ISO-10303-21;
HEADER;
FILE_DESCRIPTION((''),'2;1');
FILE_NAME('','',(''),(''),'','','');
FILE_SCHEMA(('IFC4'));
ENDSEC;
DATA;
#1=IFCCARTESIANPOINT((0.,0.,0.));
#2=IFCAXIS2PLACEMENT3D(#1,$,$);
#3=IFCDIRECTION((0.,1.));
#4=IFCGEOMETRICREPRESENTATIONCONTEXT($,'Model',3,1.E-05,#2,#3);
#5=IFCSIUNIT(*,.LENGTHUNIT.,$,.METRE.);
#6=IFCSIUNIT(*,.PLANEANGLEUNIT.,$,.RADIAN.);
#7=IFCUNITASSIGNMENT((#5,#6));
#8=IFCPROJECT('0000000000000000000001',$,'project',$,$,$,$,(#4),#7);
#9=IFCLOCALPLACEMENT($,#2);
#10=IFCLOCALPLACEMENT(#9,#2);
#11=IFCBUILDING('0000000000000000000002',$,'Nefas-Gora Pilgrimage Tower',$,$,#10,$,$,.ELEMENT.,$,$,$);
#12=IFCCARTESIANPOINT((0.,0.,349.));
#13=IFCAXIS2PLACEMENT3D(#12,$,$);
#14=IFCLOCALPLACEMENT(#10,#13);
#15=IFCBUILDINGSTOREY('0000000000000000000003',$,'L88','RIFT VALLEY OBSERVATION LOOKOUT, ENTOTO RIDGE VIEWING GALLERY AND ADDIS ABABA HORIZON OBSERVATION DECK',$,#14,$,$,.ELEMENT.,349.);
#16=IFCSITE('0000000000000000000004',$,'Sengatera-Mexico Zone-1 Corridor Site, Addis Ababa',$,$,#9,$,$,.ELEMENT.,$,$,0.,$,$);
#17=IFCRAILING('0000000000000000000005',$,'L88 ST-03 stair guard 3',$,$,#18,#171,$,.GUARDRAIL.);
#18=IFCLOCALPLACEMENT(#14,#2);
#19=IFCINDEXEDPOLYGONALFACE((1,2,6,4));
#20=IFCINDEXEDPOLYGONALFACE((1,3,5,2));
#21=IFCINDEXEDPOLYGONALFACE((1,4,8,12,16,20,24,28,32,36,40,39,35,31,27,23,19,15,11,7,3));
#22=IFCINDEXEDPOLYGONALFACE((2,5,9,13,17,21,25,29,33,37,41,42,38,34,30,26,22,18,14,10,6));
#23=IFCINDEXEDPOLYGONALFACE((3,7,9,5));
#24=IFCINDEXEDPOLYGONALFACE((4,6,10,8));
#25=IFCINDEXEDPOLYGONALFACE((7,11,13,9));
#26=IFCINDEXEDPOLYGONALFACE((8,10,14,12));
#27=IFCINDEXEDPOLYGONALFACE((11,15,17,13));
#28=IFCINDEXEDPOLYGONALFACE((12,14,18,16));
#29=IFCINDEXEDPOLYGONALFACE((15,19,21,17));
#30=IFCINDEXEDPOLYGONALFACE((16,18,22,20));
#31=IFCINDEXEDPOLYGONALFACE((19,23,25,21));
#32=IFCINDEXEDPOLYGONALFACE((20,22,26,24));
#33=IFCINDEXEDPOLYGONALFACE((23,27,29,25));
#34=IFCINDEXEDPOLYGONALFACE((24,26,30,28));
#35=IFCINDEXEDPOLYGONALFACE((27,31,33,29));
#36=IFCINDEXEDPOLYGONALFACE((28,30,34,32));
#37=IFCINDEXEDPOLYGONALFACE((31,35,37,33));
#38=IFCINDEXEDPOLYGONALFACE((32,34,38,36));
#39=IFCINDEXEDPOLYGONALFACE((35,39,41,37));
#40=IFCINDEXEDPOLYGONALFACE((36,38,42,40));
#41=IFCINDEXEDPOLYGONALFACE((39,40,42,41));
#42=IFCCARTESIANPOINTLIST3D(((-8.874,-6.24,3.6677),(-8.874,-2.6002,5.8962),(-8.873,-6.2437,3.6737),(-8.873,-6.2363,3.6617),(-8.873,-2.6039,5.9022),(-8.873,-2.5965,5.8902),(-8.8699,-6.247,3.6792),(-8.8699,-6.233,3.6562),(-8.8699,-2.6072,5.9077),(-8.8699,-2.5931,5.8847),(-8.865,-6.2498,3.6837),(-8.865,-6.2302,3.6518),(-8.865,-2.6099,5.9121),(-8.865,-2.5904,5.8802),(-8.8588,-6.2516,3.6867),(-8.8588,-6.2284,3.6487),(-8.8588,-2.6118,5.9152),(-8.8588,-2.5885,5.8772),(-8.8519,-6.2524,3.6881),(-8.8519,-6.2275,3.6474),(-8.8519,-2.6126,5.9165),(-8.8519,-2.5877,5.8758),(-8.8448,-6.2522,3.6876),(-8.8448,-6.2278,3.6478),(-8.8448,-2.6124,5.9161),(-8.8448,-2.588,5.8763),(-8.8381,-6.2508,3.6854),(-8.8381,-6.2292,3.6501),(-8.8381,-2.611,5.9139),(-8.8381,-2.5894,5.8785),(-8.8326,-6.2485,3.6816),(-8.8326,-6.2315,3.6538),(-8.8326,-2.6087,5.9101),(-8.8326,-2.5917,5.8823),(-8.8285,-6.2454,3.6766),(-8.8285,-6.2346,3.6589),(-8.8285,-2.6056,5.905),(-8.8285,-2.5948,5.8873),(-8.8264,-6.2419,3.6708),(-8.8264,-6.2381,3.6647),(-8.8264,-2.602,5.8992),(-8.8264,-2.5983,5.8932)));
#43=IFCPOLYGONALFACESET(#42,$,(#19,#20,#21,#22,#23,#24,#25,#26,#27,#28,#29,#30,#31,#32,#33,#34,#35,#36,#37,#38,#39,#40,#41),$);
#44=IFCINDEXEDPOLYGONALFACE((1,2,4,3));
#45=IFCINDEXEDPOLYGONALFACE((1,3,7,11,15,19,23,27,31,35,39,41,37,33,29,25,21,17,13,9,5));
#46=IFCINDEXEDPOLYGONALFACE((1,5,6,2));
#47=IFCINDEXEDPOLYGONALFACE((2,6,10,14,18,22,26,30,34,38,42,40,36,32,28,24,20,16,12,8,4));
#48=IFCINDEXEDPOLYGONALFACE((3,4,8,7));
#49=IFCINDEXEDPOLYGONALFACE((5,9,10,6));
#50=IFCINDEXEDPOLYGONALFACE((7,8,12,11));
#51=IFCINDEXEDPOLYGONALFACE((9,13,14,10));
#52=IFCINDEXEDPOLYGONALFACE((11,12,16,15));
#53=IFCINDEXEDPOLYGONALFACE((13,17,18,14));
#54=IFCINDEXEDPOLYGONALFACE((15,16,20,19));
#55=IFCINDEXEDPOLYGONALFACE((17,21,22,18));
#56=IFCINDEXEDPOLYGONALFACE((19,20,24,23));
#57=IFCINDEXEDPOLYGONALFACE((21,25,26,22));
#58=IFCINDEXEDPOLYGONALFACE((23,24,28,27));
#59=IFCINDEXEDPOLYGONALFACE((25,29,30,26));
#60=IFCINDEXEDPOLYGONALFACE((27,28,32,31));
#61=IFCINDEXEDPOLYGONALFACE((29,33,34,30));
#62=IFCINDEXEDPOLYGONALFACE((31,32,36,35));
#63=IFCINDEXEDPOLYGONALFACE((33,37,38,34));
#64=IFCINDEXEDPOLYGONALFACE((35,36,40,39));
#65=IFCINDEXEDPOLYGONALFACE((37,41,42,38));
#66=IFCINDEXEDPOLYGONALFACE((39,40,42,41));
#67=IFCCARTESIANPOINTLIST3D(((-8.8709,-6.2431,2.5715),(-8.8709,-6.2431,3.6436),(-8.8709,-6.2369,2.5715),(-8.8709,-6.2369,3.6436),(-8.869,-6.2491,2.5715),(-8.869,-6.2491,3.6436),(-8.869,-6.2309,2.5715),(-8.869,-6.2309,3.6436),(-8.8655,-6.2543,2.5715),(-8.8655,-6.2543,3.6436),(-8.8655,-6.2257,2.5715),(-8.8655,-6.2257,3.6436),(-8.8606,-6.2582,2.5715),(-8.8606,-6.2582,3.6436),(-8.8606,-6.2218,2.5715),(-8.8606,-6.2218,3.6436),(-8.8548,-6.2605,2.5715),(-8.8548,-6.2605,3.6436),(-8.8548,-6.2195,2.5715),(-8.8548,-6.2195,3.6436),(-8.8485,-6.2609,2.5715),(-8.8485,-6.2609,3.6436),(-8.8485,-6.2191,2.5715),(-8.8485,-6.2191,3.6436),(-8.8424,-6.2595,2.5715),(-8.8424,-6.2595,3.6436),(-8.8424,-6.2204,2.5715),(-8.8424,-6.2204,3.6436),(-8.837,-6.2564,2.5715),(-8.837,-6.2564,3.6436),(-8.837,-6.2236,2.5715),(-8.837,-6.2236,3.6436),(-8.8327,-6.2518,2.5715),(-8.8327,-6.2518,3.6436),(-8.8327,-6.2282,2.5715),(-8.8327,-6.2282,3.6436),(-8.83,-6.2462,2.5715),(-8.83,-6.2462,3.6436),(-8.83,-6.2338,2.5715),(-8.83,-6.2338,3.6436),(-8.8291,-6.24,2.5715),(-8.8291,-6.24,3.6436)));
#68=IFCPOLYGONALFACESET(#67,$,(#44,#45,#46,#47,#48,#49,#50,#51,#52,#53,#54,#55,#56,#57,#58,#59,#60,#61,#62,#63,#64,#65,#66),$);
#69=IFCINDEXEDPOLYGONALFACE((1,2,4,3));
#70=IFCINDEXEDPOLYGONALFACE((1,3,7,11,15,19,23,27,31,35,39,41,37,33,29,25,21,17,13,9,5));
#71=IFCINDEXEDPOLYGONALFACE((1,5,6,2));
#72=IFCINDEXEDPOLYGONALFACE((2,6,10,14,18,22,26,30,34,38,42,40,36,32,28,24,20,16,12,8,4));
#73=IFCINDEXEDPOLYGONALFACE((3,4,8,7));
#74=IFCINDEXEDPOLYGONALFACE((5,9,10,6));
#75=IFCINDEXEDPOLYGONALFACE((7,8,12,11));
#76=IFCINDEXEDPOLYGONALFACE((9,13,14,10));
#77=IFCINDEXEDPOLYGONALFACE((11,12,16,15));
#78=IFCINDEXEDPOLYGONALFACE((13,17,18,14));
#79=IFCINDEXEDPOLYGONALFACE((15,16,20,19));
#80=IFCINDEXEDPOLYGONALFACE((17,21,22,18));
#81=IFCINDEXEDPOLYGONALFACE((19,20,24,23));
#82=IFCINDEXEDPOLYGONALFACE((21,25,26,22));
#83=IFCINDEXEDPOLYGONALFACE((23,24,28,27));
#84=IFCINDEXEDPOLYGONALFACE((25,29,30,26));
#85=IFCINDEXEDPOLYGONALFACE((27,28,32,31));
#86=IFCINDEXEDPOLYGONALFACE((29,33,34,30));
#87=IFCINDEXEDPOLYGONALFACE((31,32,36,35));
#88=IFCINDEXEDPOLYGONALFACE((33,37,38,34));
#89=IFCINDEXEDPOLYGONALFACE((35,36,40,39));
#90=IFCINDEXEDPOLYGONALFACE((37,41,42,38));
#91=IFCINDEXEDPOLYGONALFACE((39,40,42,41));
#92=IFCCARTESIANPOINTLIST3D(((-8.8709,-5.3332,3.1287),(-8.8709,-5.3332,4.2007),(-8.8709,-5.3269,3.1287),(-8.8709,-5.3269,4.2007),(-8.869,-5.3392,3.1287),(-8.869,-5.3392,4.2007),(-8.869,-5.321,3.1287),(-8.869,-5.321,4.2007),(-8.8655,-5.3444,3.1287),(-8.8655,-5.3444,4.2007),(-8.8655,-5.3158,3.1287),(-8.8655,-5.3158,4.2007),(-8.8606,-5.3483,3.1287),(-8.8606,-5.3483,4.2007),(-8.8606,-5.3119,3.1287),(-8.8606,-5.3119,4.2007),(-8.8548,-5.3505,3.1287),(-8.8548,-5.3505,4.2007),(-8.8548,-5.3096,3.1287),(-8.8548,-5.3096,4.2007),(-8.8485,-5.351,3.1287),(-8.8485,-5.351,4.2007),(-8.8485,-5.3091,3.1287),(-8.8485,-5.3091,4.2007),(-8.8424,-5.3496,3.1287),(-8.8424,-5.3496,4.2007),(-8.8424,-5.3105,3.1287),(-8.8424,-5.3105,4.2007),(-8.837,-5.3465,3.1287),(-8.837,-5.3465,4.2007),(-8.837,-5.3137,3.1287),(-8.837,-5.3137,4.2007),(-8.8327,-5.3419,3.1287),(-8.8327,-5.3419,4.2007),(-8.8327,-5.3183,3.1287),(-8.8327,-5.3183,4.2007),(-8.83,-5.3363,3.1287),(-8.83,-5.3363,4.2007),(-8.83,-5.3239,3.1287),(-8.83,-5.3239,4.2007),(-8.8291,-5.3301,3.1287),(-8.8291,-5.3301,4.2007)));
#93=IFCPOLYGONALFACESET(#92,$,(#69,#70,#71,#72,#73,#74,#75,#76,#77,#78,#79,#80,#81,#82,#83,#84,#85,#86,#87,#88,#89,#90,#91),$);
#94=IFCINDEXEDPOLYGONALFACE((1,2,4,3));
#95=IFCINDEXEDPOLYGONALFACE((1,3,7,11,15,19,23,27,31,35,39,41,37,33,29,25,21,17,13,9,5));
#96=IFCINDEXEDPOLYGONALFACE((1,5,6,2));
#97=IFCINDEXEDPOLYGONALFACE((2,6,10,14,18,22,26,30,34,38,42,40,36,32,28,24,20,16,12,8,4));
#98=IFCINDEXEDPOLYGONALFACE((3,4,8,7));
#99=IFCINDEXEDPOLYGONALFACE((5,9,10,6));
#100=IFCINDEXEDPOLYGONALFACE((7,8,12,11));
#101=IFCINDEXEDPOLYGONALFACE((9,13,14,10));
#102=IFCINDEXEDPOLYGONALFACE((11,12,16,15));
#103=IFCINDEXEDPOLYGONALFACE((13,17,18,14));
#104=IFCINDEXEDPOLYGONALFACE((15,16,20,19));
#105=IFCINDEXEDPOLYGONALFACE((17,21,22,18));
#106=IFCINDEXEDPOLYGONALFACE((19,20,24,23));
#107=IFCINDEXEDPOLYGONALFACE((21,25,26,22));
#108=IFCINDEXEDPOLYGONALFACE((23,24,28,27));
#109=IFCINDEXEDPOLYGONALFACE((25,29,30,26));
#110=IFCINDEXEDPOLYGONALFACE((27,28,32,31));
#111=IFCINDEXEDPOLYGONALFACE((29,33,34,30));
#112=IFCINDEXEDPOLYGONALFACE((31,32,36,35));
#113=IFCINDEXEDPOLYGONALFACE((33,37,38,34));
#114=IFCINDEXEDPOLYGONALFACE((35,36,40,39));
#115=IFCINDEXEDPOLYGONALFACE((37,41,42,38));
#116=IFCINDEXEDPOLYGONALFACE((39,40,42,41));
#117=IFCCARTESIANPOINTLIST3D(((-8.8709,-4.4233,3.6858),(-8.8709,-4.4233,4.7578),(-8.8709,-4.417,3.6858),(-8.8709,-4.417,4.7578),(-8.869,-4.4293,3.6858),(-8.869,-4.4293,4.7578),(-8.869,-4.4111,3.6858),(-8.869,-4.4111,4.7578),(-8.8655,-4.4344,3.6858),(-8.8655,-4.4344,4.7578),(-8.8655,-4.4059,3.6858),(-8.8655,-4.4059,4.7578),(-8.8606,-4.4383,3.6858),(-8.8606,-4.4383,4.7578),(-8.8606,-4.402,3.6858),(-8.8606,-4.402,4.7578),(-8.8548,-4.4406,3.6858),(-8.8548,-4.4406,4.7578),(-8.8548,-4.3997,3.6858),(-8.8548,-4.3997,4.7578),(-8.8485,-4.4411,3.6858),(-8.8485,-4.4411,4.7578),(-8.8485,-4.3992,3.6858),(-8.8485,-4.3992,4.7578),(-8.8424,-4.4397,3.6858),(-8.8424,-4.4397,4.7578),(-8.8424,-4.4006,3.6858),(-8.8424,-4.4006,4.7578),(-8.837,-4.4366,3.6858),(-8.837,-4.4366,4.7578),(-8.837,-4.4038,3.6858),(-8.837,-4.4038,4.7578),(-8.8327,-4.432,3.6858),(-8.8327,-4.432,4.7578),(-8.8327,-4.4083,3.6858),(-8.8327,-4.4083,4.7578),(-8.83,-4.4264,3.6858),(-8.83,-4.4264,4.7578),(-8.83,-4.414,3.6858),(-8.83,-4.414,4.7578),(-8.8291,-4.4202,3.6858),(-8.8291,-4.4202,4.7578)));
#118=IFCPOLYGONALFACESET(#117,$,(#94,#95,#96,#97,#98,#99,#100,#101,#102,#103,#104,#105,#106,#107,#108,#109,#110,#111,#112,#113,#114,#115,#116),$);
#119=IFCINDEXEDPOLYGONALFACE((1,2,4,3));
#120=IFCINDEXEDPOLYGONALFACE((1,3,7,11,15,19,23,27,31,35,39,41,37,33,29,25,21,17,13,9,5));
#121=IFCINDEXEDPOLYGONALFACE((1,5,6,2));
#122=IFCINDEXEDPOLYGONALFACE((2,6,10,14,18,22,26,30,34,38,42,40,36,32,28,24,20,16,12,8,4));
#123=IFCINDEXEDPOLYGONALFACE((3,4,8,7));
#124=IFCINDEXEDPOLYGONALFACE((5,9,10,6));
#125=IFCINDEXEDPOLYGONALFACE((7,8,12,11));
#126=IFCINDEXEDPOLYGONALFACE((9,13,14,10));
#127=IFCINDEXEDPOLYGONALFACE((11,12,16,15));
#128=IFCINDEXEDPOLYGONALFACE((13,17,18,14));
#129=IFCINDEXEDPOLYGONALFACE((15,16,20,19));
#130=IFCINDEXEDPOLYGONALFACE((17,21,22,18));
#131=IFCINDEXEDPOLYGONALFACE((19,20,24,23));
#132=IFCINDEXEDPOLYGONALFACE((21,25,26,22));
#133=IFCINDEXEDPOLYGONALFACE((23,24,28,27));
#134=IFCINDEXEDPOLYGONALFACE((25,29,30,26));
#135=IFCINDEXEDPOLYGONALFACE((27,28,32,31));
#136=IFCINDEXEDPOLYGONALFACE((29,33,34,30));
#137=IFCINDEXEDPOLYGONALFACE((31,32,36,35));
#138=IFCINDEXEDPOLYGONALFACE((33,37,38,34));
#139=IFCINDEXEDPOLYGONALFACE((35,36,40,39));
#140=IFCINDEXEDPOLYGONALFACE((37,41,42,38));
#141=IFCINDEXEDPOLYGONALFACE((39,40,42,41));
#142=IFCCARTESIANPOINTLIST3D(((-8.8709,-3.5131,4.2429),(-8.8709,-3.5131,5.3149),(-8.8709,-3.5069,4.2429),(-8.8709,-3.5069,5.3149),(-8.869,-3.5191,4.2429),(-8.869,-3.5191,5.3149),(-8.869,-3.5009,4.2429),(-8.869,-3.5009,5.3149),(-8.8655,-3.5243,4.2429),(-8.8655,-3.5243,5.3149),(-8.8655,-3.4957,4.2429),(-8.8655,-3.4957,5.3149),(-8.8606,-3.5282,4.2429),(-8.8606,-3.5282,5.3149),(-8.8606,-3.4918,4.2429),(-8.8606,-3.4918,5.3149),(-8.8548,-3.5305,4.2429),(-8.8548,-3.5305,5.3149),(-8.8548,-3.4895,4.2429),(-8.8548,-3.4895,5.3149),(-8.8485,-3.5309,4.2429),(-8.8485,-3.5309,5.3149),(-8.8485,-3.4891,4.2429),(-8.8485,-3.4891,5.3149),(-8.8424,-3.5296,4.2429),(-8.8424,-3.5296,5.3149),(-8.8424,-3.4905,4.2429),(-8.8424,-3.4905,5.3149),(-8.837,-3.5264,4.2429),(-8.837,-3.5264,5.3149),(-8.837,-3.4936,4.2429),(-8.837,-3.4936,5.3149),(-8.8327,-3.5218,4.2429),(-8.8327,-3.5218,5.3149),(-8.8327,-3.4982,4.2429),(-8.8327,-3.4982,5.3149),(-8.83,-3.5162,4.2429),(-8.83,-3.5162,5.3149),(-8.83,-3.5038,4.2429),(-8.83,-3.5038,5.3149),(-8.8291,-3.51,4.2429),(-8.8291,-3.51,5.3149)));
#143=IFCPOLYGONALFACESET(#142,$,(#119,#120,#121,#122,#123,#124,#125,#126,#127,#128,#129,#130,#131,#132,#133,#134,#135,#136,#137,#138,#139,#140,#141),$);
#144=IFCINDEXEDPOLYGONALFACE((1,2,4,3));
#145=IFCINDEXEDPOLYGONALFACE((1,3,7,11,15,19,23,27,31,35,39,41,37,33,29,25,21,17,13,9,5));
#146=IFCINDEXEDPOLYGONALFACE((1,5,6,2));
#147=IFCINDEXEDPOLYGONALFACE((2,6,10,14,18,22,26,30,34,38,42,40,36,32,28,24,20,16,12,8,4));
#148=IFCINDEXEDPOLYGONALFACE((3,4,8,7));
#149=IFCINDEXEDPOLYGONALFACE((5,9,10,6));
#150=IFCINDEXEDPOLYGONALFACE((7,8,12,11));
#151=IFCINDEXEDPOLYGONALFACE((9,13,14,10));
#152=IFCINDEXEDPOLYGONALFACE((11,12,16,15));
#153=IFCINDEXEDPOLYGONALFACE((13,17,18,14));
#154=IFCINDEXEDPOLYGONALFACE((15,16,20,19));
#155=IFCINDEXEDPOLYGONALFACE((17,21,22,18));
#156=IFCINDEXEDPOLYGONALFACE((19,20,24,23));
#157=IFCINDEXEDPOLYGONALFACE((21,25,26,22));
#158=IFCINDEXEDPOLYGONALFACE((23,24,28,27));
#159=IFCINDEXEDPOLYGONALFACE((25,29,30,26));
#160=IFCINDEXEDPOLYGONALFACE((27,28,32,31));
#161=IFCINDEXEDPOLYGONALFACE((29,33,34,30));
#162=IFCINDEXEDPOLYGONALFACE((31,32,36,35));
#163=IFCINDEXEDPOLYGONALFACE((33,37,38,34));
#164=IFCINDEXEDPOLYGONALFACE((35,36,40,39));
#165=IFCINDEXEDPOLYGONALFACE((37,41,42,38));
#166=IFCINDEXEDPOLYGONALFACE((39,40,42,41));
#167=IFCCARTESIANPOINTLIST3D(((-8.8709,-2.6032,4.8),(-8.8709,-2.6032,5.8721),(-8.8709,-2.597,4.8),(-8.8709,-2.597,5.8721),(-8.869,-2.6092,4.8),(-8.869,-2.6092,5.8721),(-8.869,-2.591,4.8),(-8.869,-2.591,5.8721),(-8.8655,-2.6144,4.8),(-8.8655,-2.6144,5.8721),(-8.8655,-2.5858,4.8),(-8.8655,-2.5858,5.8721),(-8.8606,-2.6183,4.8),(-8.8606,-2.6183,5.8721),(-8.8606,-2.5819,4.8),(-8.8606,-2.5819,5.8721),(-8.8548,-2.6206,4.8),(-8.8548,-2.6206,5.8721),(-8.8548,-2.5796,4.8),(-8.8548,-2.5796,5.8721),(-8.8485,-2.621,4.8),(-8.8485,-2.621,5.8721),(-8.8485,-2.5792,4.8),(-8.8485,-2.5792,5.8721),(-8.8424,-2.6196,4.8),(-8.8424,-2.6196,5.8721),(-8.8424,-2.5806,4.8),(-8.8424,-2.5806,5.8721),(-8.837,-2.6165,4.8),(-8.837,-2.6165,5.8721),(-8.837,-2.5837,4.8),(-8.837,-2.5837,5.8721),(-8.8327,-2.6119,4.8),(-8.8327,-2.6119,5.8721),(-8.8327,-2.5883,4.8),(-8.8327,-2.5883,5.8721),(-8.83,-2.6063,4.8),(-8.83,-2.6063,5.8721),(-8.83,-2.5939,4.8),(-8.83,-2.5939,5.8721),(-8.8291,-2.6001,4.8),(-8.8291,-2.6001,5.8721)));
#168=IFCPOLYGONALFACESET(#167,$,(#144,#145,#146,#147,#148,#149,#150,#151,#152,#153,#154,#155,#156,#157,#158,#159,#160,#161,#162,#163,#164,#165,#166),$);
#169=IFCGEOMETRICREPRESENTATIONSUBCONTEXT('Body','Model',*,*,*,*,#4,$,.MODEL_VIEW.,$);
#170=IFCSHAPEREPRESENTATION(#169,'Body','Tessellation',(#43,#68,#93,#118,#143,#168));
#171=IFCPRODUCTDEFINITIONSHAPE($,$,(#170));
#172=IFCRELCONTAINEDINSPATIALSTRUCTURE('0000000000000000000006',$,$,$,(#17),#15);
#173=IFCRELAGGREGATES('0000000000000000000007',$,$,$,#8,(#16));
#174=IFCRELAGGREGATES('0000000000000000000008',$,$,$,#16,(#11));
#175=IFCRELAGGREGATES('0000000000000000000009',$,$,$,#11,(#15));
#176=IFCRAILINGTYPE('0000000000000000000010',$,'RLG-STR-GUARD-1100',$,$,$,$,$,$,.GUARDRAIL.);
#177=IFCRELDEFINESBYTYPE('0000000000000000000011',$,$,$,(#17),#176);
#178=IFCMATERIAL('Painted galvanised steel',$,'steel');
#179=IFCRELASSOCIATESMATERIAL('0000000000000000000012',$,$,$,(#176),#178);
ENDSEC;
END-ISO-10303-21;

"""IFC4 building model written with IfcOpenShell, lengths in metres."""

from ifc_helpers import new_model, si_unit, direction, frame, origin, origin_2d, place, context, subcontext, project, spatial, circle, extrude, material, type_object, element, save


model = new_model("IFC4")

# Units and contexts
model_context = context("Model", 3, precision=1e-05, world=origin(), true_north=direction((0.0, 1.0)))
body_context = subcontext(model_context, "Body", "Model", "MODEL_VIEW")
ifc_project = project(units=[si_unit("LENGTHUNIT", "METRE"), si_unit("PLANEANGLEUNIT", "RADIAN")], contexts=[model_context])

# Site, building, storey
site_placement = place(None, origin())
site = spatial("IfcSite", under=ifc_project, at=site_placement, Name="Sengatera-Mexico Zone-1 Corridor Site, Addis Ababa", CompositionType="ELEMENT", RefElevation=0.0)
building_placement = place(site_placement, origin())
building = spatial("IfcBuilding", under=site, at=building_placement, Name="Nefas-Gora Pilgrimage Tower", CompositionType="ELEMENT")
storey_placement = place(building_placement, frame((0.0, 0.0, 349.0)))
storey = spatial("IfcBuildingStorey", under=building, at=storey_placement, Name="L88", Description="RIFT VALLEY OBSERVATION LOOKOUT, ENTOTO RIDGE VIEWING GALLERY AND ADDIS ABABA HORIZON OBSERVATION DECK", CompositionType="ELEMENT", Elevation=349.0)

# Railing
ifc_material_1 = material(Name="Painted galvanised steel", Category="steel")
railing_type_1 = type_object("IfcRailingType", Name="RLG-STR-GUARD-1100", PredefinedType="GUARDRAIL", material=ifc_material_1)
railing_1_placement = place(storey_placement, frame((-8.8501, -6.24, 2.5715)))
element("IfcRailing", 1, at=railing_1_placement, inside=storey, type_object=railing_type_1, Name="L88 ST-03 stair guard 3", PredefinedType="GUARDRAIL", context=body_context, shape_type="SweptSolid", body=[
    extrude(circle(Radius=0.0239, at=origin_2d()), frame((0.0, 0.0, 1.0962), z_axis=(0.0, 0.85285, 0.522156), x_axis=(-1.0, 0.0, 0.0)), (0.0, 0.0, 1.0), 4.2678),
    extrude(circle(Radius=0.021, at=origin_2d()), origin(), (0.0, 0.0, 1.0), 1.072),
    extrude(circle(Radius=0.021, at=origin_2d()), frame((0.0, 0.9099, 0.5571)), (0.0, 0.0, 1.0), 1.072),
    extrude(circle(Radius=0.021, at=origin_2d()), frame((0.0, 1.8198, 1.1143)), (0.0, 0.0, 1.0), 1.072),
    extrude(circle(Radius=0.021, at=origin_2d()), frame((0.0, 2.73, 1.6714)), (0.0, 0.0, 1.0), 1.072),
    extrude(circle(Radius=0.021, at=origin_2d()), frame((0.0, 3.6399, 2.2285)), (0.0, 0.0, 1.0), 1.072),
])

save(model, "model.ifc")
